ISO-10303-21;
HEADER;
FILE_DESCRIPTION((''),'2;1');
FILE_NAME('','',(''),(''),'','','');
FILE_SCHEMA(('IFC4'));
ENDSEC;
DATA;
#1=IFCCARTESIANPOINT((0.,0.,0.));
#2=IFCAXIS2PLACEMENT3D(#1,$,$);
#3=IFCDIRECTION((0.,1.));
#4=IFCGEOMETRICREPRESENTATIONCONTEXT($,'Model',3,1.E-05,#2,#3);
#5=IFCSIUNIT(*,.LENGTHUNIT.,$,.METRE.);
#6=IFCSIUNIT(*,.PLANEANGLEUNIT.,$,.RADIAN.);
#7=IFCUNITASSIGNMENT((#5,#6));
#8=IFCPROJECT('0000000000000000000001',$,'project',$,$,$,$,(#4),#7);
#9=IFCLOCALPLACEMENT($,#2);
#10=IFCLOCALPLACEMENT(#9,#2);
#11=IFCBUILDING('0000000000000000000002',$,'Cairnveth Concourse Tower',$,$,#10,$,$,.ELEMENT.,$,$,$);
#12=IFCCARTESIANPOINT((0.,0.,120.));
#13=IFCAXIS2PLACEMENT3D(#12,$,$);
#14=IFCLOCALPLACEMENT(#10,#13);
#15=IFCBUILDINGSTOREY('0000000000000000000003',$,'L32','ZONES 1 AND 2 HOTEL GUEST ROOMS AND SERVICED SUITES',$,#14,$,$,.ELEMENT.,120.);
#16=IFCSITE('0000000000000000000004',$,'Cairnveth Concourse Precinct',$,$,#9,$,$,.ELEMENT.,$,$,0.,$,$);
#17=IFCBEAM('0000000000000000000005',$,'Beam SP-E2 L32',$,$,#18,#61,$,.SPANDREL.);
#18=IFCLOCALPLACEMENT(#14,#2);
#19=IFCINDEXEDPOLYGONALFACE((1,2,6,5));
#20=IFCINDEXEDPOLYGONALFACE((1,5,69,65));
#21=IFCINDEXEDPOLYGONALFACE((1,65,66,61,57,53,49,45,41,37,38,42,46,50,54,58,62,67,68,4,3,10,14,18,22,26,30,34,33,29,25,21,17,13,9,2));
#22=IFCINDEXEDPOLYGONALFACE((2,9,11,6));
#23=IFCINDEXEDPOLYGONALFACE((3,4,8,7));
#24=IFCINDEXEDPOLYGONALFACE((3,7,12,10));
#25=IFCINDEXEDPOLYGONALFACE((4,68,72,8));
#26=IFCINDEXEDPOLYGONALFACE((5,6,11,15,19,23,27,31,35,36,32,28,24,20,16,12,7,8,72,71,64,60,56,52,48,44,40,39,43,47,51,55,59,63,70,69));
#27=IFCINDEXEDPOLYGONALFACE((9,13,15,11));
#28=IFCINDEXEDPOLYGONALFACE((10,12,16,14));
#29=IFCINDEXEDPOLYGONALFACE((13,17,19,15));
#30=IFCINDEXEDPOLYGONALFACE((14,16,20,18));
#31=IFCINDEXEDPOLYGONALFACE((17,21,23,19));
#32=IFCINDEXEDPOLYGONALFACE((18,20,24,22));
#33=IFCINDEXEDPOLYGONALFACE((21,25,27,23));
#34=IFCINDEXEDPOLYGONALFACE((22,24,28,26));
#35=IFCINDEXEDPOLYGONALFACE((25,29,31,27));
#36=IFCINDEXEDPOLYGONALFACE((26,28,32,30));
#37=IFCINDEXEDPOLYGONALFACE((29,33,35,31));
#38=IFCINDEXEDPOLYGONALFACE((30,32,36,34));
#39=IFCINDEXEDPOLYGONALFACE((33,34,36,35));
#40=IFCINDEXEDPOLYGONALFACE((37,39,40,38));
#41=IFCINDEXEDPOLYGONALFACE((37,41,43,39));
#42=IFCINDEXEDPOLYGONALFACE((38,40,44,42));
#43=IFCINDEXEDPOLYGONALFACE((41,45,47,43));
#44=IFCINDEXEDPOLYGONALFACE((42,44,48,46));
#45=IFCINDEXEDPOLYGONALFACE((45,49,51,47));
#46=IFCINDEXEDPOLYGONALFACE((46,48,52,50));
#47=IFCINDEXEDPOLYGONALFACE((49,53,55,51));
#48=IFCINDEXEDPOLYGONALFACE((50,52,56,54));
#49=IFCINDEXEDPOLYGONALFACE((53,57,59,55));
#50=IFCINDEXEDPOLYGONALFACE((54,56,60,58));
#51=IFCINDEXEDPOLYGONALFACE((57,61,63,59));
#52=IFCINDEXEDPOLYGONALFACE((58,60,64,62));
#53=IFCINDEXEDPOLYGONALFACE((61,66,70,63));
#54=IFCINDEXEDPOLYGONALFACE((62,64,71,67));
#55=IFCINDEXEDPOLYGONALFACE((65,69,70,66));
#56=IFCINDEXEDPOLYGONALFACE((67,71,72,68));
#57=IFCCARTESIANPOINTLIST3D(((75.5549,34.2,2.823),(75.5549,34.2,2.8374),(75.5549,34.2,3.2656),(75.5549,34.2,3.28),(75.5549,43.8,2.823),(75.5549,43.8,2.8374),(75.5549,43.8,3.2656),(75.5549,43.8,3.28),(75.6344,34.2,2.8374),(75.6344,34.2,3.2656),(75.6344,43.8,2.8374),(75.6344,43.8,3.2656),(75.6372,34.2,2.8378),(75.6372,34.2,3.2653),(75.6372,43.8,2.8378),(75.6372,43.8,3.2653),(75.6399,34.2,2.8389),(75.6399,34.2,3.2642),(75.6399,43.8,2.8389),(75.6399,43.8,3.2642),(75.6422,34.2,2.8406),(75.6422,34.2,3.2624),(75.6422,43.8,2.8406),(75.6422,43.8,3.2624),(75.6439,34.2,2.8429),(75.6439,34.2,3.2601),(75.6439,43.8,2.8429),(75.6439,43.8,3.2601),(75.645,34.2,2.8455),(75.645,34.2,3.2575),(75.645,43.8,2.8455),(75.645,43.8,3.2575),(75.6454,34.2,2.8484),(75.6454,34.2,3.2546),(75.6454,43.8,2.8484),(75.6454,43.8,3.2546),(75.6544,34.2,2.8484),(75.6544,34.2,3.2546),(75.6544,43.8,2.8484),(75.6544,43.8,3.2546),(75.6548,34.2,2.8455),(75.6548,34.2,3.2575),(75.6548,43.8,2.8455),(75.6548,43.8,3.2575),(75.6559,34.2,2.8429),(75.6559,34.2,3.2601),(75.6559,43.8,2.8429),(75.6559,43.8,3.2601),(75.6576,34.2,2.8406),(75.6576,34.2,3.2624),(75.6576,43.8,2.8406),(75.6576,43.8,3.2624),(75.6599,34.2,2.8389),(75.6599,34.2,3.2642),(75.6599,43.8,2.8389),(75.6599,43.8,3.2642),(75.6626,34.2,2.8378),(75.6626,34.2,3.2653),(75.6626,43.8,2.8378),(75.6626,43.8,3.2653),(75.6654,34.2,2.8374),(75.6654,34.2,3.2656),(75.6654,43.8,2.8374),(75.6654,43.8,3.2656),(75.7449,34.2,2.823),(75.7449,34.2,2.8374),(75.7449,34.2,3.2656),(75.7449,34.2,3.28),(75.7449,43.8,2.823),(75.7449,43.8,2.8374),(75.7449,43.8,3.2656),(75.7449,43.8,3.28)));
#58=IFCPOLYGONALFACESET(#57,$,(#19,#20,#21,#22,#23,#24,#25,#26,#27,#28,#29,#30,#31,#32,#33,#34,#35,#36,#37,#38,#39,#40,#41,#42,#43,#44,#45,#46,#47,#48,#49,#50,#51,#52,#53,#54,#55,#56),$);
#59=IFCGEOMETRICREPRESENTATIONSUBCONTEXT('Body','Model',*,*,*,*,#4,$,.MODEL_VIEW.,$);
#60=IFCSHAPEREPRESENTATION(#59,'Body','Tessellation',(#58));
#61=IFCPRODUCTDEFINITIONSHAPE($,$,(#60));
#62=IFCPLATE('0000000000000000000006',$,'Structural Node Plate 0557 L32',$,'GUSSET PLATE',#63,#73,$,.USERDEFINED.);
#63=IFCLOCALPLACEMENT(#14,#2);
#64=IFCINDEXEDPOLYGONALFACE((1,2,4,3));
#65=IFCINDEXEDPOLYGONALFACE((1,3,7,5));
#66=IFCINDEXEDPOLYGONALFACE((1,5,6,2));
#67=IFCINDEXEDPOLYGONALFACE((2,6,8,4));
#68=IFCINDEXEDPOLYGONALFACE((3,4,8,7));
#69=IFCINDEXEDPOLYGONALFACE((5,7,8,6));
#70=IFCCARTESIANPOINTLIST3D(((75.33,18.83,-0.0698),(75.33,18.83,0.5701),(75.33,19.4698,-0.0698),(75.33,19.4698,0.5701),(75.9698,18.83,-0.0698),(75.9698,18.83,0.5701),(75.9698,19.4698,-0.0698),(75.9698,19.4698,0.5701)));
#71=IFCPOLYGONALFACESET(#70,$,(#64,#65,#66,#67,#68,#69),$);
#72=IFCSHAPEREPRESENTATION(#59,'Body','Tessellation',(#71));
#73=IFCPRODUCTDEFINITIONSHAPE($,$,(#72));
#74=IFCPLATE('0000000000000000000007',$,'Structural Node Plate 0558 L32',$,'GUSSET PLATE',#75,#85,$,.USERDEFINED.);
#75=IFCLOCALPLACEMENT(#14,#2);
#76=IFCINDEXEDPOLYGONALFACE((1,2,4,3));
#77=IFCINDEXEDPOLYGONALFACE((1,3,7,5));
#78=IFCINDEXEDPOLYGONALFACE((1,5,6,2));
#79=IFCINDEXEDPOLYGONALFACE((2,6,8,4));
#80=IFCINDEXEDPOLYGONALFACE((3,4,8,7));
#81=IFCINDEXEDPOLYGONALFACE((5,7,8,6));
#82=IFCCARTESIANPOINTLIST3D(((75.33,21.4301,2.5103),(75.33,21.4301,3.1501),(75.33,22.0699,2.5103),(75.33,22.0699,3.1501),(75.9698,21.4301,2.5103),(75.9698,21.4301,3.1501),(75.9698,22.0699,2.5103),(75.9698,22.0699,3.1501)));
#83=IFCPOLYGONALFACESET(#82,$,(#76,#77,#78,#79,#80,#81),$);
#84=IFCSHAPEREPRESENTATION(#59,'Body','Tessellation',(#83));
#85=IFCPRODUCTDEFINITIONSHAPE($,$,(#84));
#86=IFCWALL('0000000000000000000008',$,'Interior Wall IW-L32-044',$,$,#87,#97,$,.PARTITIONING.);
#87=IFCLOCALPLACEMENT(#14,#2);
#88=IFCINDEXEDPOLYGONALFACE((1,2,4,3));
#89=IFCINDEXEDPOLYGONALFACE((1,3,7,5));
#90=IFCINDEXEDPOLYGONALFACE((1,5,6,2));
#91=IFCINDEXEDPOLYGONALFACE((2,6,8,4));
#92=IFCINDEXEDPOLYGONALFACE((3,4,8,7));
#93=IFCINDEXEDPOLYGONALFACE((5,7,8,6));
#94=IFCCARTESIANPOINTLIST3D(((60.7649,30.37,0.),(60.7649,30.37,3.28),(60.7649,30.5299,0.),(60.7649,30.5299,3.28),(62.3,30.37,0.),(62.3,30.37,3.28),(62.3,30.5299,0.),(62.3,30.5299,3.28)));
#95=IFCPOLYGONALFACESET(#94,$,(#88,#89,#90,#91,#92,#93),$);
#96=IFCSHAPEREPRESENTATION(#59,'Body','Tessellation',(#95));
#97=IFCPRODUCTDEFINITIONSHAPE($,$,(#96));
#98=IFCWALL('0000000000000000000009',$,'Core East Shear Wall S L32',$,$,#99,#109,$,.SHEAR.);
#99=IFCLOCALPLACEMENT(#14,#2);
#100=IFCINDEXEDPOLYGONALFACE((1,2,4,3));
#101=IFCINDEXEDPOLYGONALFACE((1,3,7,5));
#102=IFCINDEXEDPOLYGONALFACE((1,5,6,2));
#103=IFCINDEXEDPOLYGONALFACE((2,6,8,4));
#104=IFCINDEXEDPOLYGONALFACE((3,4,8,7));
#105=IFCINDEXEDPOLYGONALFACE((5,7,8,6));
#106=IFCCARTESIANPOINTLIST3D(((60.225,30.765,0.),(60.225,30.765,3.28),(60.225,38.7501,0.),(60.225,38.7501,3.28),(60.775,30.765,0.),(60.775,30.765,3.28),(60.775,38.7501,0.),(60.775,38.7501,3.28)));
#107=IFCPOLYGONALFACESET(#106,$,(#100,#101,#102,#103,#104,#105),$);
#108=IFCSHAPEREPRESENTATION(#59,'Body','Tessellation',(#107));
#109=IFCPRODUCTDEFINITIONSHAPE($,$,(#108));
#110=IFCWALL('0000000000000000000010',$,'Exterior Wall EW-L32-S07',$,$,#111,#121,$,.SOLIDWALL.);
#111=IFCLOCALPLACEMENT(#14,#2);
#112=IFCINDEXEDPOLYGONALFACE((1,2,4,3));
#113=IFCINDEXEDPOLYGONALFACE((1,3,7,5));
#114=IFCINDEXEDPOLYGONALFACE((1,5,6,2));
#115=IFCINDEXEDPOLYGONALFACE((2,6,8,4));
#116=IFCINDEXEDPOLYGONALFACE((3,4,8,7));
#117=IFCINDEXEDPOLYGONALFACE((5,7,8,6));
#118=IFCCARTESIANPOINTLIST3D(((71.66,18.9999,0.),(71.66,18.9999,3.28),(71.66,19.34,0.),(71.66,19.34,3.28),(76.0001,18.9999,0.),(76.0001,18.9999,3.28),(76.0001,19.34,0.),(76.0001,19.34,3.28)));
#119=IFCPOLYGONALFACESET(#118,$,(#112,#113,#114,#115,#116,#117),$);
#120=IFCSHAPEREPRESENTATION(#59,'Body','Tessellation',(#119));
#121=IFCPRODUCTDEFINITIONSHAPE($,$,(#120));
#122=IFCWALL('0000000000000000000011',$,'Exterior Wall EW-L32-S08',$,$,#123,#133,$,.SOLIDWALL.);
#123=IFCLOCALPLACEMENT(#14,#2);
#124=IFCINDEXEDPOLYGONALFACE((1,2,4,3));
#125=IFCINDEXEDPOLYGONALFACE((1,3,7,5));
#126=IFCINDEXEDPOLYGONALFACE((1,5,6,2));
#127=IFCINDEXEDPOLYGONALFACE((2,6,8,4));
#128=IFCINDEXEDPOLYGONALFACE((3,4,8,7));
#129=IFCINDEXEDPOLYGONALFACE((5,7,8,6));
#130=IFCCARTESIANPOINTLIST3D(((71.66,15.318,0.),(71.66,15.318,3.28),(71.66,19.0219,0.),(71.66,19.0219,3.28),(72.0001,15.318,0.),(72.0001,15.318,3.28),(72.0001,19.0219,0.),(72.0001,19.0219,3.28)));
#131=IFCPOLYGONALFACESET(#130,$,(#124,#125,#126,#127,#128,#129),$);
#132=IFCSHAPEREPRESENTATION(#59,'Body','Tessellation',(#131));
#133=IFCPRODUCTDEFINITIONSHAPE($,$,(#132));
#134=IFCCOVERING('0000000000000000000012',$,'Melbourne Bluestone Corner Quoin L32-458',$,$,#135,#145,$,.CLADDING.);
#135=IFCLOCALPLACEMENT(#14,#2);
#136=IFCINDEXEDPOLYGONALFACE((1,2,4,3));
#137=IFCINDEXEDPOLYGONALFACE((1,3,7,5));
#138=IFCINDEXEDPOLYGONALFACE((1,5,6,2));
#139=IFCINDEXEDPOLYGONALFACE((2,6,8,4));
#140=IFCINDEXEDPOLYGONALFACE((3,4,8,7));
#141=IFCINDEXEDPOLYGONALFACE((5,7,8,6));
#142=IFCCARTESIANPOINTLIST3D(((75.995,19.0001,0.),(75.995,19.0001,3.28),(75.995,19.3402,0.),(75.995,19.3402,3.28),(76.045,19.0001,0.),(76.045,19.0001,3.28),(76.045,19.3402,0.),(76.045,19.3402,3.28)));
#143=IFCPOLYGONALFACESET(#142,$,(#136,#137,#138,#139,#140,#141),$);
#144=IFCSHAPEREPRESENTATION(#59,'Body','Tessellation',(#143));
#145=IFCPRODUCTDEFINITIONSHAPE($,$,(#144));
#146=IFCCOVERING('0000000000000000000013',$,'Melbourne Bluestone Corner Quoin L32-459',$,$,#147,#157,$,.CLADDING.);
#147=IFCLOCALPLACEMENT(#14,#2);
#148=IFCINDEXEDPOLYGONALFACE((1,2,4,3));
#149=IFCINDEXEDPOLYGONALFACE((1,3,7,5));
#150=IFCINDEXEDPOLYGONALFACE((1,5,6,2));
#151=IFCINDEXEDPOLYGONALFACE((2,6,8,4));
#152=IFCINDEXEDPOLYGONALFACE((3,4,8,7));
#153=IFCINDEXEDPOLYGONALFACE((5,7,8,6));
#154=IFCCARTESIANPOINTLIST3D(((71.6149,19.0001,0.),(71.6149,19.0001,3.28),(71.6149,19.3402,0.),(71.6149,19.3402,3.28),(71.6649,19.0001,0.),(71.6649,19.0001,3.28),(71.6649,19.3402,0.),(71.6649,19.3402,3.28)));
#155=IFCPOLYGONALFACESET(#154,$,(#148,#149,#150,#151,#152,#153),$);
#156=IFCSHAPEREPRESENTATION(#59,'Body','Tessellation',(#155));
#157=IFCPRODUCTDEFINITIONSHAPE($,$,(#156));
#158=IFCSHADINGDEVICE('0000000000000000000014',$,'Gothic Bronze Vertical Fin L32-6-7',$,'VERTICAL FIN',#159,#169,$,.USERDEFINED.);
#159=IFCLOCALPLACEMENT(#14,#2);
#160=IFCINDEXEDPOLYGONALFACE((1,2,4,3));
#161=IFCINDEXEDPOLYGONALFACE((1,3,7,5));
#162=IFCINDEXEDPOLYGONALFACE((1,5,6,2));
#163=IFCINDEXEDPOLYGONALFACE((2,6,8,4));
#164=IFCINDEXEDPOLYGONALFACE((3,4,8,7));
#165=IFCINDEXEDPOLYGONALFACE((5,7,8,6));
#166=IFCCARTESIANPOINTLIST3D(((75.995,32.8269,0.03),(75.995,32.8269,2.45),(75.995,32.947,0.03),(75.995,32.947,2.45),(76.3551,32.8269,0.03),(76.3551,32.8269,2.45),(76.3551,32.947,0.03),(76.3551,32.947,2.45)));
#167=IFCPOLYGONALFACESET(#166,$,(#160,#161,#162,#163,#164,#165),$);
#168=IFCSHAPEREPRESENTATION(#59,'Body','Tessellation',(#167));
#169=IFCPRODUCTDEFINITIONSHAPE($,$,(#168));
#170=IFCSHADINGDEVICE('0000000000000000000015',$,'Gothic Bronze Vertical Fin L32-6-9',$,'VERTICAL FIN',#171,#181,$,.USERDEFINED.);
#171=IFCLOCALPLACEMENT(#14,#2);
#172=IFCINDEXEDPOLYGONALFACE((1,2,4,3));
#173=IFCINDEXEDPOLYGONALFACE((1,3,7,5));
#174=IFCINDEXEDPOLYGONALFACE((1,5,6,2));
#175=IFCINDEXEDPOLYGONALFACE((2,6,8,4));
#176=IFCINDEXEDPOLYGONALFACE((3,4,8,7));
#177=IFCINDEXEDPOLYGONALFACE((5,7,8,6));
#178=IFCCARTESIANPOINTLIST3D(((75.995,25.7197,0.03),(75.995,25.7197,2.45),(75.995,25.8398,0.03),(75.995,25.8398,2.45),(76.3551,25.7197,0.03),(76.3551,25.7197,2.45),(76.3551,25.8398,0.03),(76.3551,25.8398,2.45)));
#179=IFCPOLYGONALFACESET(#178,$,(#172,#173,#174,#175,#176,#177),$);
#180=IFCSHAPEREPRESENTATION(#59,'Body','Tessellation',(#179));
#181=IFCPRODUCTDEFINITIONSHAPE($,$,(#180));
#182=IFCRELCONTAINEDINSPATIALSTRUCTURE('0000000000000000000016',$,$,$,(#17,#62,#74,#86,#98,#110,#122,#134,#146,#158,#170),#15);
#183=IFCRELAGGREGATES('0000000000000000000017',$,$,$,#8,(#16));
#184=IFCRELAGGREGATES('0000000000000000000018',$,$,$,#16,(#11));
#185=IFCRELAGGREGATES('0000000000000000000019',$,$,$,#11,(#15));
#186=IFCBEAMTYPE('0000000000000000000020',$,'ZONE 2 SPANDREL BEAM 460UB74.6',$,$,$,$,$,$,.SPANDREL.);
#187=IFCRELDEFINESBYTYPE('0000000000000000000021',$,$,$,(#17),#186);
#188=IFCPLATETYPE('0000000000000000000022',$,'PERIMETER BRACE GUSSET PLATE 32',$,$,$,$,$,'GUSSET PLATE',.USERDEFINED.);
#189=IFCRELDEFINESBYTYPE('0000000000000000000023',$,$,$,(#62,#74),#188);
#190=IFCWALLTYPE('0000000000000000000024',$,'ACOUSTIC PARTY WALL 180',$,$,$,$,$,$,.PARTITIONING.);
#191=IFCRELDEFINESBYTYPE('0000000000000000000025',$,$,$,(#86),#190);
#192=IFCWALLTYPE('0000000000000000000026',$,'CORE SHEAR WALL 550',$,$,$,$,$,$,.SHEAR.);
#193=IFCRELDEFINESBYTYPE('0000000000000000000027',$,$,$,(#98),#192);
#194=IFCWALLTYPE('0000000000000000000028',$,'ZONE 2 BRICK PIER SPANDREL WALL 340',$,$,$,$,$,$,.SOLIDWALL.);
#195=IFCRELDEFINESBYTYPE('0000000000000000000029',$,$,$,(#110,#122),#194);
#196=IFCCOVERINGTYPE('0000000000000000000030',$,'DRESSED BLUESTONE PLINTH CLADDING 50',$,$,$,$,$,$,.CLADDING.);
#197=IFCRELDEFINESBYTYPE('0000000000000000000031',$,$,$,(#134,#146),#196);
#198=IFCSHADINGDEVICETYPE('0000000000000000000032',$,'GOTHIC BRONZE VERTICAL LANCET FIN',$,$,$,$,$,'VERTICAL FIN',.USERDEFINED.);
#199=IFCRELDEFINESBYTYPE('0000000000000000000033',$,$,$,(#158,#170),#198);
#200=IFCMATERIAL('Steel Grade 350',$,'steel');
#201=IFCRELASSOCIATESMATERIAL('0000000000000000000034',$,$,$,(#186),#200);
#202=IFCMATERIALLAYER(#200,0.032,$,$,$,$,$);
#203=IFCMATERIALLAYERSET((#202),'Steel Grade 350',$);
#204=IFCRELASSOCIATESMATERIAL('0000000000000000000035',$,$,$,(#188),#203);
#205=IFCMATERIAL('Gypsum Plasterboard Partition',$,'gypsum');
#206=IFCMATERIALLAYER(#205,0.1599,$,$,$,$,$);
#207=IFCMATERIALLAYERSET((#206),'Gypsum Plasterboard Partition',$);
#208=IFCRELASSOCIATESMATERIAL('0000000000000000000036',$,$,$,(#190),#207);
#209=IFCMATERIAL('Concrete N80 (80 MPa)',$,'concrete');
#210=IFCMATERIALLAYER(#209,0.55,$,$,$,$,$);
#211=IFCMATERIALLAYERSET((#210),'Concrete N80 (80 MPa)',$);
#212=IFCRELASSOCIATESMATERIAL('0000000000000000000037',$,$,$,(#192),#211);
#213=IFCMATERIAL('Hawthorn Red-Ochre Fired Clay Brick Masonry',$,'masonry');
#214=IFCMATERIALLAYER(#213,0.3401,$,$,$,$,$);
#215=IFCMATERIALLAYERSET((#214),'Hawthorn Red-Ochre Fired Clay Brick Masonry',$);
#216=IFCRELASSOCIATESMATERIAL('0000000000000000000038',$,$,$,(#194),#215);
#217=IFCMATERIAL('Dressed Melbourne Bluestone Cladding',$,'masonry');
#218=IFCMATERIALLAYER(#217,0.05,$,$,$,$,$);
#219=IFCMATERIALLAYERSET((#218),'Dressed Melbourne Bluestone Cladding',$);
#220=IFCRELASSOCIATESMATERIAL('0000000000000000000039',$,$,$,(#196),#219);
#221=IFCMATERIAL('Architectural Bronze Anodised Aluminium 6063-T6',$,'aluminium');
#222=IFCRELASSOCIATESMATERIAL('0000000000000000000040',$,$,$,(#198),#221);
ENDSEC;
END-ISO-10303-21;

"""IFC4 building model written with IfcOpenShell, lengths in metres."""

from ifc_helpers import new_model, si_unit, direction, frame, frame_2d, origin, origin_2d, place, context, subcontext, project, spatial, rectangle, i_section, extrude, material, layer, layer_set, material_profile, profile_set, type_object, element, save


model = new_model("IFC4")

# Units and contexts
model_context = context("Model", 3, precision=1e-05, world=origin(), true_north=direction((0.0, 1.0)))
body_context = subcontext(model_context, "Body", "Model", "MODEL_VIEW")
ifc_project = project(units=[si_unit("LENGTHUNIT", "METRE"), si_unit("PLANEANGLEUNIT", "RADIAN")], contexts=[model_context])

# Site, building, storey
site_placement = place(None, origin())
site = spatial("IfcSite", under=ifc_project, at=site_placement, Name="Cairnveth Concourse Precinct", CompositionType="ELEMENT", RefElevation=0.0)
building_placement = place(site_placement, origin())
building = spatial("IfcBuilding", under=site, at=building_placement, Name="Cairnveth Concourse Tower", CompositionType="ELEMENT")
storey_placement = place(building_placement, frame((0.0, 0.0, 120.0)))
storey = spatial("IfcBuildingStorey", under=building, at=storey_placement, Name="L32", Description="ZONES 1 AND 2 HOTEL GUEST ROOMS AND SERVICED SUITES", CompositionType="ELEMENT", Elevation=120.0)

# Shared definitions
ifc_material_1 = material(Name="Steel Grade 350", Category="steel")

# Beam
ifc_material_profile_1 = material_profile(ifc_material_1, i_section(OverallWidth=0.1899, OverallDepth=0.457, WebThickness=0.009, FlangeThickness=0.0144, FilletRadius=0.011, at=origin_2d()), Name="460UB74.6")
ifc_profile_set_1 = profile_set([ifc_material_profile_1], Name="Steel Grade 350")
beam_type_1 = type_object("IfcBeamType", Name="ZONE 2 SPANDREL BEAM 460UB74.6", PredefinedType="SPANDREL", material=ifc_profile_set_1)
beam_1_placement = place(storey_placement, frame((75.6499, 34.2, 3.0515), z_axis=(0.0, 1.0, 0.0), x_axis=(-1.0, 0.0, 0.0)))
element("IfcBeam", 1, at=beam_1_placement, inside=storey, type_object=beam_type_1, Name="Beam SP-E2 L32", PredefinedType="SPANDREL", context=body_context, shape_type="SweptSolid", body=[
    extrude(i_section(OverallWidth=0.1899, OverallDepth=0.457, WebThickness=0.009, FlangeThickness=0.0144, FilletRadius=0.011, at=origin_2d()), origin(), (0.0, 0.0, 1.0), 9.6001),
])

# Plates
ifc_layer_1 = layer(ifc_material_1, 0.032)
ifc_layer_set_1 = layer_set([ifc_layer_1], Name="Steel Grade 350")
plate_type = type_object("IfcPlateType", Name="PERIMETER BRACE GUSSET PLATE 32", ElementType="GUSSET PLATE", PredefinedType="USERDEFINED", material=ifc_layer_set_1)
for number, where, z_axis, x_axis, name in (
    (2, (75.6499, 19.1499, -0.0698), (0.0, 0.0, 1.0), (1.0, 0.0, 0.0), "Structural Node Plate 0557 L32"),
    (3, (75.6499, 21.75, 2.5103), (0.0, 0.0, 1.0), (1.0, 0.0, 0.0), "Structural Node Plate 0558 L32"),
):
    element("IfcPlate", number, at=place(storey_placement, frame(where, z_axis=z_axis, x_axis=x_axis)), inside=storey, type_object=plate_type, Name=name, ObjectType="GUSSET PLATE", PredefinedType="USERDEFINED", context=body_context, shape_type="SweptSolid", body=[
        extrude(rectangle(XDim=0.6399, YDim=0.6399, at=origin_2d()), origin(), (0.0, 0.0, 1.0), 0.6399),
    ])

# Walls
ifc_material_2 = material(Name="Gypsum Plasterboard Partition", Category="gypsum")
ifc_layer_2 = layer(ifc_material_2, 0.1599)
ifc_layer_set_2 = layer_set([ifc_layer_2], Name="Gypsum Plasterboard Partition")
wall_type_1 = type_object("IfcWallType", Name="ACOUSTIC PARTY WALL 180", PredefinedType="PARTITIONING", material=ifc_layer_set_2)
wall_1_placement = place(storey_placement, frame((60.7649, 30.45, 0.0), z_axis=(0.0, 0.0, 1.0), x_axis=(1.0, 0.0, 0.0)))
element("IfcWall", 4, at=wall_1_placement, inside=storey, type_object=wall_type_1, Name="Interior Wall IW-L32-044", PredefinedType="PARTITIONING", context=body_context, shape_type="SweptSolid", body=[
    extrude(rectangle(XDim=1.5352, YDim=0.1599, at=frame_2d((0.7676, 0.0))), origin(), (0.0, 0.0, 1.0), 3.28),
])
ifc_material_3 = material(Name="Concrete N80 (80 MPa)", Category="concrete")
ifc_layer_3 = layer(ifc_material_3, 0.55)
ifc_layer_set_3 = layer_set([ifc_layer_3], Name="Concrete N80 (80 MPa)")
wall_type_2 = type_object("IfcWallType", Name="CORE SHEAR WALL 550", PredefinedType="SHEAR", material=ifc_layer_set_3)
wall_2_placement = place(storey_placement, frame((60.5, 30.7649, 0.0), z_axis=(0.0, 0.0, 1.0), x_axis=(0.0, 1.0, 0.0)))
element("IfcWall", 5, at=wall_2_placement, inside=storey, type_object=wall_type_2, Name="Core East Shear Wall S L32", PredefinedType="SHEAR", context=body_context, shape_type="SweptSolid", body=[
    extrude(rectangle(XDim=7.9851, YDim=0.55, at=frame_2d((3.9927, 0.0))), origin(), (0.0, 0.0, 1.0), 3.28),
])
ifc_material_4 = material(Name="Hawthorn Red-Ochre Fired Clay Brick Masonry", Category="masonry")
ifc_layer_4 = layer(ifc_material_4, 0.3401)
ifc_layer_set_4 = layer_set([ifc_layer_4], Name="Hawthorn Red-Ochre Fired Clay Brick Masonry")
wall_type_3 = type_object("IfcWallType", Name="ZONE 2 BRICK PIER SPANDREL WALL 340", PredefinedType="SOLIDWALL", material=ifc_layer_set_4)
wall_3_placement = place(storey_placement, frame((76.0, 19.1699, 0.0), z_axis=(0.0, 0.0, 1.0), x_axis=(-1.0, 0.0, 0.0)))
element("IfcWall", 6, at=wall_3_placement, inside=storey, type_object=wall_type_3, Name="Exterior Wall EW-L32-S07", PredefinedType="SOLIDWALL", context=body_context, shape_type="SweptSolid", body=[
    extrude(rectangle(XDim=4.3401, YDim=0.3401, at=frame_2d((2.1699, 0.0))), origin(), (0.0, 0.0, 1.0), 3.28),
])
wall_4_placement = place(storey_placement, frame((71.8301, 19.022, 0.0), z_axis=(0.0, 0.0, 1.0), x_axis=(0.0, -1.0, 0.0)))
element("IfcWall", 7, at=wall_4_placement, inside=storey, type_object=wall_type_3, Name="Exterior Wall EW-L32-S08", PredefinedType="SOLIDWALL", context=body_context, shape_type="SweptSolid", body=[
    extrude(rectangle(XDim=3.7039, YDim=0.3401, at=frame_2d((1.8521, 0.0))), origin(), (0.0, 0.0, 1.0), 3.28),
])

# Coverings
ifc_material_5 = material(Name="Dressed Melbourne Bluestone Cladding", Category="masonry")
ifc_layer_5 = layer(ifc_material_5, 0.05)
ifc_layer_set_5 = layer_set([ifc_layer_5], Name="Dressed Melbourne Bluestone Cladding")
covering_type = type_object("IfcCoveringType", Name="DRESSED BLUESTONE PLINTH CLADDING 50", PredefinedType="CLADDING", material=ifc_layer_set_5)
for number, where, z_axis, x_axis, name in (
    (8, (76.02, 19.3401, 0.0), (0.0, 0.0, 1.0), (0.0, -1.0, 0.0), "Melbourne Bluestone Corner Quoin L32-458"),
    (9, (71.6399, 19.3401, 0.0), (0.0, 0.0, 1.0), (0.0, -1.0, 0.0), "Melbourne Bluestone Corner Quoin L32-459"),
):
    element("IfcCovering", number, at=place(storey_placement, frame(where, z_axis=z_axis, x_axis=x_axis)), inside=storey, type_object=covering_type, Name=name, PredefinedType="CLADDING", context=body_context, shape_type="SweptSolid", body=[
        extrude(rectangle(XDim=0.3401, YDim=0.05, at=frame_2d((0.1699, 0.0))), origin(), (0.0, 0.0, 1.0), 3.28),
    ])

# Shading devices
ifc_material_6 = material(Name="Architectural Bronze Anodised Aluminium 6063-T6", Category="aluminium")
shading_device_type = type_object("IfcShadingDeviceType", Name="GOTHIC BRONZE VERTICAL LANCET FIN", ElementType="VERTICAL FIN", PredefinedType="USERDEFINED", material=ifc_material_6)
for number, where, z_axis, x_axis, name in (
    (10, (76.175, 32.887, 0.03), (0.0, 0.0, 1.0), (0.0, 1.0, 0.0), "Gothic Bronze Vertical Fin L32-6-7"),
    (11, (76.175, 25.7798, 0.03), (0.0, 0.0, 1.0), (0.0, 1.0, 0.0), "Gothic Bronze Vertical Fin L32-6-9"),
):
    element("IfcShadingDevice", number, at=place(storey_placement, frame(where, z_axis=z_axis, x_axis=x_axis)), inside=storey, type_object=shading_device_type, Name=name, ObjectType="VERTICAL FIN", PredefinedType="USERDEFINED", context=body_context, shape_type="SweptSolid", body=[
        extrude(rectangle(XDim=0.1201, YDim=0.3601, at=origin_2d()), origin(), (0.0, 0.0, 1.0), 2.4199),
    ])

save(model, "model.ifc")
